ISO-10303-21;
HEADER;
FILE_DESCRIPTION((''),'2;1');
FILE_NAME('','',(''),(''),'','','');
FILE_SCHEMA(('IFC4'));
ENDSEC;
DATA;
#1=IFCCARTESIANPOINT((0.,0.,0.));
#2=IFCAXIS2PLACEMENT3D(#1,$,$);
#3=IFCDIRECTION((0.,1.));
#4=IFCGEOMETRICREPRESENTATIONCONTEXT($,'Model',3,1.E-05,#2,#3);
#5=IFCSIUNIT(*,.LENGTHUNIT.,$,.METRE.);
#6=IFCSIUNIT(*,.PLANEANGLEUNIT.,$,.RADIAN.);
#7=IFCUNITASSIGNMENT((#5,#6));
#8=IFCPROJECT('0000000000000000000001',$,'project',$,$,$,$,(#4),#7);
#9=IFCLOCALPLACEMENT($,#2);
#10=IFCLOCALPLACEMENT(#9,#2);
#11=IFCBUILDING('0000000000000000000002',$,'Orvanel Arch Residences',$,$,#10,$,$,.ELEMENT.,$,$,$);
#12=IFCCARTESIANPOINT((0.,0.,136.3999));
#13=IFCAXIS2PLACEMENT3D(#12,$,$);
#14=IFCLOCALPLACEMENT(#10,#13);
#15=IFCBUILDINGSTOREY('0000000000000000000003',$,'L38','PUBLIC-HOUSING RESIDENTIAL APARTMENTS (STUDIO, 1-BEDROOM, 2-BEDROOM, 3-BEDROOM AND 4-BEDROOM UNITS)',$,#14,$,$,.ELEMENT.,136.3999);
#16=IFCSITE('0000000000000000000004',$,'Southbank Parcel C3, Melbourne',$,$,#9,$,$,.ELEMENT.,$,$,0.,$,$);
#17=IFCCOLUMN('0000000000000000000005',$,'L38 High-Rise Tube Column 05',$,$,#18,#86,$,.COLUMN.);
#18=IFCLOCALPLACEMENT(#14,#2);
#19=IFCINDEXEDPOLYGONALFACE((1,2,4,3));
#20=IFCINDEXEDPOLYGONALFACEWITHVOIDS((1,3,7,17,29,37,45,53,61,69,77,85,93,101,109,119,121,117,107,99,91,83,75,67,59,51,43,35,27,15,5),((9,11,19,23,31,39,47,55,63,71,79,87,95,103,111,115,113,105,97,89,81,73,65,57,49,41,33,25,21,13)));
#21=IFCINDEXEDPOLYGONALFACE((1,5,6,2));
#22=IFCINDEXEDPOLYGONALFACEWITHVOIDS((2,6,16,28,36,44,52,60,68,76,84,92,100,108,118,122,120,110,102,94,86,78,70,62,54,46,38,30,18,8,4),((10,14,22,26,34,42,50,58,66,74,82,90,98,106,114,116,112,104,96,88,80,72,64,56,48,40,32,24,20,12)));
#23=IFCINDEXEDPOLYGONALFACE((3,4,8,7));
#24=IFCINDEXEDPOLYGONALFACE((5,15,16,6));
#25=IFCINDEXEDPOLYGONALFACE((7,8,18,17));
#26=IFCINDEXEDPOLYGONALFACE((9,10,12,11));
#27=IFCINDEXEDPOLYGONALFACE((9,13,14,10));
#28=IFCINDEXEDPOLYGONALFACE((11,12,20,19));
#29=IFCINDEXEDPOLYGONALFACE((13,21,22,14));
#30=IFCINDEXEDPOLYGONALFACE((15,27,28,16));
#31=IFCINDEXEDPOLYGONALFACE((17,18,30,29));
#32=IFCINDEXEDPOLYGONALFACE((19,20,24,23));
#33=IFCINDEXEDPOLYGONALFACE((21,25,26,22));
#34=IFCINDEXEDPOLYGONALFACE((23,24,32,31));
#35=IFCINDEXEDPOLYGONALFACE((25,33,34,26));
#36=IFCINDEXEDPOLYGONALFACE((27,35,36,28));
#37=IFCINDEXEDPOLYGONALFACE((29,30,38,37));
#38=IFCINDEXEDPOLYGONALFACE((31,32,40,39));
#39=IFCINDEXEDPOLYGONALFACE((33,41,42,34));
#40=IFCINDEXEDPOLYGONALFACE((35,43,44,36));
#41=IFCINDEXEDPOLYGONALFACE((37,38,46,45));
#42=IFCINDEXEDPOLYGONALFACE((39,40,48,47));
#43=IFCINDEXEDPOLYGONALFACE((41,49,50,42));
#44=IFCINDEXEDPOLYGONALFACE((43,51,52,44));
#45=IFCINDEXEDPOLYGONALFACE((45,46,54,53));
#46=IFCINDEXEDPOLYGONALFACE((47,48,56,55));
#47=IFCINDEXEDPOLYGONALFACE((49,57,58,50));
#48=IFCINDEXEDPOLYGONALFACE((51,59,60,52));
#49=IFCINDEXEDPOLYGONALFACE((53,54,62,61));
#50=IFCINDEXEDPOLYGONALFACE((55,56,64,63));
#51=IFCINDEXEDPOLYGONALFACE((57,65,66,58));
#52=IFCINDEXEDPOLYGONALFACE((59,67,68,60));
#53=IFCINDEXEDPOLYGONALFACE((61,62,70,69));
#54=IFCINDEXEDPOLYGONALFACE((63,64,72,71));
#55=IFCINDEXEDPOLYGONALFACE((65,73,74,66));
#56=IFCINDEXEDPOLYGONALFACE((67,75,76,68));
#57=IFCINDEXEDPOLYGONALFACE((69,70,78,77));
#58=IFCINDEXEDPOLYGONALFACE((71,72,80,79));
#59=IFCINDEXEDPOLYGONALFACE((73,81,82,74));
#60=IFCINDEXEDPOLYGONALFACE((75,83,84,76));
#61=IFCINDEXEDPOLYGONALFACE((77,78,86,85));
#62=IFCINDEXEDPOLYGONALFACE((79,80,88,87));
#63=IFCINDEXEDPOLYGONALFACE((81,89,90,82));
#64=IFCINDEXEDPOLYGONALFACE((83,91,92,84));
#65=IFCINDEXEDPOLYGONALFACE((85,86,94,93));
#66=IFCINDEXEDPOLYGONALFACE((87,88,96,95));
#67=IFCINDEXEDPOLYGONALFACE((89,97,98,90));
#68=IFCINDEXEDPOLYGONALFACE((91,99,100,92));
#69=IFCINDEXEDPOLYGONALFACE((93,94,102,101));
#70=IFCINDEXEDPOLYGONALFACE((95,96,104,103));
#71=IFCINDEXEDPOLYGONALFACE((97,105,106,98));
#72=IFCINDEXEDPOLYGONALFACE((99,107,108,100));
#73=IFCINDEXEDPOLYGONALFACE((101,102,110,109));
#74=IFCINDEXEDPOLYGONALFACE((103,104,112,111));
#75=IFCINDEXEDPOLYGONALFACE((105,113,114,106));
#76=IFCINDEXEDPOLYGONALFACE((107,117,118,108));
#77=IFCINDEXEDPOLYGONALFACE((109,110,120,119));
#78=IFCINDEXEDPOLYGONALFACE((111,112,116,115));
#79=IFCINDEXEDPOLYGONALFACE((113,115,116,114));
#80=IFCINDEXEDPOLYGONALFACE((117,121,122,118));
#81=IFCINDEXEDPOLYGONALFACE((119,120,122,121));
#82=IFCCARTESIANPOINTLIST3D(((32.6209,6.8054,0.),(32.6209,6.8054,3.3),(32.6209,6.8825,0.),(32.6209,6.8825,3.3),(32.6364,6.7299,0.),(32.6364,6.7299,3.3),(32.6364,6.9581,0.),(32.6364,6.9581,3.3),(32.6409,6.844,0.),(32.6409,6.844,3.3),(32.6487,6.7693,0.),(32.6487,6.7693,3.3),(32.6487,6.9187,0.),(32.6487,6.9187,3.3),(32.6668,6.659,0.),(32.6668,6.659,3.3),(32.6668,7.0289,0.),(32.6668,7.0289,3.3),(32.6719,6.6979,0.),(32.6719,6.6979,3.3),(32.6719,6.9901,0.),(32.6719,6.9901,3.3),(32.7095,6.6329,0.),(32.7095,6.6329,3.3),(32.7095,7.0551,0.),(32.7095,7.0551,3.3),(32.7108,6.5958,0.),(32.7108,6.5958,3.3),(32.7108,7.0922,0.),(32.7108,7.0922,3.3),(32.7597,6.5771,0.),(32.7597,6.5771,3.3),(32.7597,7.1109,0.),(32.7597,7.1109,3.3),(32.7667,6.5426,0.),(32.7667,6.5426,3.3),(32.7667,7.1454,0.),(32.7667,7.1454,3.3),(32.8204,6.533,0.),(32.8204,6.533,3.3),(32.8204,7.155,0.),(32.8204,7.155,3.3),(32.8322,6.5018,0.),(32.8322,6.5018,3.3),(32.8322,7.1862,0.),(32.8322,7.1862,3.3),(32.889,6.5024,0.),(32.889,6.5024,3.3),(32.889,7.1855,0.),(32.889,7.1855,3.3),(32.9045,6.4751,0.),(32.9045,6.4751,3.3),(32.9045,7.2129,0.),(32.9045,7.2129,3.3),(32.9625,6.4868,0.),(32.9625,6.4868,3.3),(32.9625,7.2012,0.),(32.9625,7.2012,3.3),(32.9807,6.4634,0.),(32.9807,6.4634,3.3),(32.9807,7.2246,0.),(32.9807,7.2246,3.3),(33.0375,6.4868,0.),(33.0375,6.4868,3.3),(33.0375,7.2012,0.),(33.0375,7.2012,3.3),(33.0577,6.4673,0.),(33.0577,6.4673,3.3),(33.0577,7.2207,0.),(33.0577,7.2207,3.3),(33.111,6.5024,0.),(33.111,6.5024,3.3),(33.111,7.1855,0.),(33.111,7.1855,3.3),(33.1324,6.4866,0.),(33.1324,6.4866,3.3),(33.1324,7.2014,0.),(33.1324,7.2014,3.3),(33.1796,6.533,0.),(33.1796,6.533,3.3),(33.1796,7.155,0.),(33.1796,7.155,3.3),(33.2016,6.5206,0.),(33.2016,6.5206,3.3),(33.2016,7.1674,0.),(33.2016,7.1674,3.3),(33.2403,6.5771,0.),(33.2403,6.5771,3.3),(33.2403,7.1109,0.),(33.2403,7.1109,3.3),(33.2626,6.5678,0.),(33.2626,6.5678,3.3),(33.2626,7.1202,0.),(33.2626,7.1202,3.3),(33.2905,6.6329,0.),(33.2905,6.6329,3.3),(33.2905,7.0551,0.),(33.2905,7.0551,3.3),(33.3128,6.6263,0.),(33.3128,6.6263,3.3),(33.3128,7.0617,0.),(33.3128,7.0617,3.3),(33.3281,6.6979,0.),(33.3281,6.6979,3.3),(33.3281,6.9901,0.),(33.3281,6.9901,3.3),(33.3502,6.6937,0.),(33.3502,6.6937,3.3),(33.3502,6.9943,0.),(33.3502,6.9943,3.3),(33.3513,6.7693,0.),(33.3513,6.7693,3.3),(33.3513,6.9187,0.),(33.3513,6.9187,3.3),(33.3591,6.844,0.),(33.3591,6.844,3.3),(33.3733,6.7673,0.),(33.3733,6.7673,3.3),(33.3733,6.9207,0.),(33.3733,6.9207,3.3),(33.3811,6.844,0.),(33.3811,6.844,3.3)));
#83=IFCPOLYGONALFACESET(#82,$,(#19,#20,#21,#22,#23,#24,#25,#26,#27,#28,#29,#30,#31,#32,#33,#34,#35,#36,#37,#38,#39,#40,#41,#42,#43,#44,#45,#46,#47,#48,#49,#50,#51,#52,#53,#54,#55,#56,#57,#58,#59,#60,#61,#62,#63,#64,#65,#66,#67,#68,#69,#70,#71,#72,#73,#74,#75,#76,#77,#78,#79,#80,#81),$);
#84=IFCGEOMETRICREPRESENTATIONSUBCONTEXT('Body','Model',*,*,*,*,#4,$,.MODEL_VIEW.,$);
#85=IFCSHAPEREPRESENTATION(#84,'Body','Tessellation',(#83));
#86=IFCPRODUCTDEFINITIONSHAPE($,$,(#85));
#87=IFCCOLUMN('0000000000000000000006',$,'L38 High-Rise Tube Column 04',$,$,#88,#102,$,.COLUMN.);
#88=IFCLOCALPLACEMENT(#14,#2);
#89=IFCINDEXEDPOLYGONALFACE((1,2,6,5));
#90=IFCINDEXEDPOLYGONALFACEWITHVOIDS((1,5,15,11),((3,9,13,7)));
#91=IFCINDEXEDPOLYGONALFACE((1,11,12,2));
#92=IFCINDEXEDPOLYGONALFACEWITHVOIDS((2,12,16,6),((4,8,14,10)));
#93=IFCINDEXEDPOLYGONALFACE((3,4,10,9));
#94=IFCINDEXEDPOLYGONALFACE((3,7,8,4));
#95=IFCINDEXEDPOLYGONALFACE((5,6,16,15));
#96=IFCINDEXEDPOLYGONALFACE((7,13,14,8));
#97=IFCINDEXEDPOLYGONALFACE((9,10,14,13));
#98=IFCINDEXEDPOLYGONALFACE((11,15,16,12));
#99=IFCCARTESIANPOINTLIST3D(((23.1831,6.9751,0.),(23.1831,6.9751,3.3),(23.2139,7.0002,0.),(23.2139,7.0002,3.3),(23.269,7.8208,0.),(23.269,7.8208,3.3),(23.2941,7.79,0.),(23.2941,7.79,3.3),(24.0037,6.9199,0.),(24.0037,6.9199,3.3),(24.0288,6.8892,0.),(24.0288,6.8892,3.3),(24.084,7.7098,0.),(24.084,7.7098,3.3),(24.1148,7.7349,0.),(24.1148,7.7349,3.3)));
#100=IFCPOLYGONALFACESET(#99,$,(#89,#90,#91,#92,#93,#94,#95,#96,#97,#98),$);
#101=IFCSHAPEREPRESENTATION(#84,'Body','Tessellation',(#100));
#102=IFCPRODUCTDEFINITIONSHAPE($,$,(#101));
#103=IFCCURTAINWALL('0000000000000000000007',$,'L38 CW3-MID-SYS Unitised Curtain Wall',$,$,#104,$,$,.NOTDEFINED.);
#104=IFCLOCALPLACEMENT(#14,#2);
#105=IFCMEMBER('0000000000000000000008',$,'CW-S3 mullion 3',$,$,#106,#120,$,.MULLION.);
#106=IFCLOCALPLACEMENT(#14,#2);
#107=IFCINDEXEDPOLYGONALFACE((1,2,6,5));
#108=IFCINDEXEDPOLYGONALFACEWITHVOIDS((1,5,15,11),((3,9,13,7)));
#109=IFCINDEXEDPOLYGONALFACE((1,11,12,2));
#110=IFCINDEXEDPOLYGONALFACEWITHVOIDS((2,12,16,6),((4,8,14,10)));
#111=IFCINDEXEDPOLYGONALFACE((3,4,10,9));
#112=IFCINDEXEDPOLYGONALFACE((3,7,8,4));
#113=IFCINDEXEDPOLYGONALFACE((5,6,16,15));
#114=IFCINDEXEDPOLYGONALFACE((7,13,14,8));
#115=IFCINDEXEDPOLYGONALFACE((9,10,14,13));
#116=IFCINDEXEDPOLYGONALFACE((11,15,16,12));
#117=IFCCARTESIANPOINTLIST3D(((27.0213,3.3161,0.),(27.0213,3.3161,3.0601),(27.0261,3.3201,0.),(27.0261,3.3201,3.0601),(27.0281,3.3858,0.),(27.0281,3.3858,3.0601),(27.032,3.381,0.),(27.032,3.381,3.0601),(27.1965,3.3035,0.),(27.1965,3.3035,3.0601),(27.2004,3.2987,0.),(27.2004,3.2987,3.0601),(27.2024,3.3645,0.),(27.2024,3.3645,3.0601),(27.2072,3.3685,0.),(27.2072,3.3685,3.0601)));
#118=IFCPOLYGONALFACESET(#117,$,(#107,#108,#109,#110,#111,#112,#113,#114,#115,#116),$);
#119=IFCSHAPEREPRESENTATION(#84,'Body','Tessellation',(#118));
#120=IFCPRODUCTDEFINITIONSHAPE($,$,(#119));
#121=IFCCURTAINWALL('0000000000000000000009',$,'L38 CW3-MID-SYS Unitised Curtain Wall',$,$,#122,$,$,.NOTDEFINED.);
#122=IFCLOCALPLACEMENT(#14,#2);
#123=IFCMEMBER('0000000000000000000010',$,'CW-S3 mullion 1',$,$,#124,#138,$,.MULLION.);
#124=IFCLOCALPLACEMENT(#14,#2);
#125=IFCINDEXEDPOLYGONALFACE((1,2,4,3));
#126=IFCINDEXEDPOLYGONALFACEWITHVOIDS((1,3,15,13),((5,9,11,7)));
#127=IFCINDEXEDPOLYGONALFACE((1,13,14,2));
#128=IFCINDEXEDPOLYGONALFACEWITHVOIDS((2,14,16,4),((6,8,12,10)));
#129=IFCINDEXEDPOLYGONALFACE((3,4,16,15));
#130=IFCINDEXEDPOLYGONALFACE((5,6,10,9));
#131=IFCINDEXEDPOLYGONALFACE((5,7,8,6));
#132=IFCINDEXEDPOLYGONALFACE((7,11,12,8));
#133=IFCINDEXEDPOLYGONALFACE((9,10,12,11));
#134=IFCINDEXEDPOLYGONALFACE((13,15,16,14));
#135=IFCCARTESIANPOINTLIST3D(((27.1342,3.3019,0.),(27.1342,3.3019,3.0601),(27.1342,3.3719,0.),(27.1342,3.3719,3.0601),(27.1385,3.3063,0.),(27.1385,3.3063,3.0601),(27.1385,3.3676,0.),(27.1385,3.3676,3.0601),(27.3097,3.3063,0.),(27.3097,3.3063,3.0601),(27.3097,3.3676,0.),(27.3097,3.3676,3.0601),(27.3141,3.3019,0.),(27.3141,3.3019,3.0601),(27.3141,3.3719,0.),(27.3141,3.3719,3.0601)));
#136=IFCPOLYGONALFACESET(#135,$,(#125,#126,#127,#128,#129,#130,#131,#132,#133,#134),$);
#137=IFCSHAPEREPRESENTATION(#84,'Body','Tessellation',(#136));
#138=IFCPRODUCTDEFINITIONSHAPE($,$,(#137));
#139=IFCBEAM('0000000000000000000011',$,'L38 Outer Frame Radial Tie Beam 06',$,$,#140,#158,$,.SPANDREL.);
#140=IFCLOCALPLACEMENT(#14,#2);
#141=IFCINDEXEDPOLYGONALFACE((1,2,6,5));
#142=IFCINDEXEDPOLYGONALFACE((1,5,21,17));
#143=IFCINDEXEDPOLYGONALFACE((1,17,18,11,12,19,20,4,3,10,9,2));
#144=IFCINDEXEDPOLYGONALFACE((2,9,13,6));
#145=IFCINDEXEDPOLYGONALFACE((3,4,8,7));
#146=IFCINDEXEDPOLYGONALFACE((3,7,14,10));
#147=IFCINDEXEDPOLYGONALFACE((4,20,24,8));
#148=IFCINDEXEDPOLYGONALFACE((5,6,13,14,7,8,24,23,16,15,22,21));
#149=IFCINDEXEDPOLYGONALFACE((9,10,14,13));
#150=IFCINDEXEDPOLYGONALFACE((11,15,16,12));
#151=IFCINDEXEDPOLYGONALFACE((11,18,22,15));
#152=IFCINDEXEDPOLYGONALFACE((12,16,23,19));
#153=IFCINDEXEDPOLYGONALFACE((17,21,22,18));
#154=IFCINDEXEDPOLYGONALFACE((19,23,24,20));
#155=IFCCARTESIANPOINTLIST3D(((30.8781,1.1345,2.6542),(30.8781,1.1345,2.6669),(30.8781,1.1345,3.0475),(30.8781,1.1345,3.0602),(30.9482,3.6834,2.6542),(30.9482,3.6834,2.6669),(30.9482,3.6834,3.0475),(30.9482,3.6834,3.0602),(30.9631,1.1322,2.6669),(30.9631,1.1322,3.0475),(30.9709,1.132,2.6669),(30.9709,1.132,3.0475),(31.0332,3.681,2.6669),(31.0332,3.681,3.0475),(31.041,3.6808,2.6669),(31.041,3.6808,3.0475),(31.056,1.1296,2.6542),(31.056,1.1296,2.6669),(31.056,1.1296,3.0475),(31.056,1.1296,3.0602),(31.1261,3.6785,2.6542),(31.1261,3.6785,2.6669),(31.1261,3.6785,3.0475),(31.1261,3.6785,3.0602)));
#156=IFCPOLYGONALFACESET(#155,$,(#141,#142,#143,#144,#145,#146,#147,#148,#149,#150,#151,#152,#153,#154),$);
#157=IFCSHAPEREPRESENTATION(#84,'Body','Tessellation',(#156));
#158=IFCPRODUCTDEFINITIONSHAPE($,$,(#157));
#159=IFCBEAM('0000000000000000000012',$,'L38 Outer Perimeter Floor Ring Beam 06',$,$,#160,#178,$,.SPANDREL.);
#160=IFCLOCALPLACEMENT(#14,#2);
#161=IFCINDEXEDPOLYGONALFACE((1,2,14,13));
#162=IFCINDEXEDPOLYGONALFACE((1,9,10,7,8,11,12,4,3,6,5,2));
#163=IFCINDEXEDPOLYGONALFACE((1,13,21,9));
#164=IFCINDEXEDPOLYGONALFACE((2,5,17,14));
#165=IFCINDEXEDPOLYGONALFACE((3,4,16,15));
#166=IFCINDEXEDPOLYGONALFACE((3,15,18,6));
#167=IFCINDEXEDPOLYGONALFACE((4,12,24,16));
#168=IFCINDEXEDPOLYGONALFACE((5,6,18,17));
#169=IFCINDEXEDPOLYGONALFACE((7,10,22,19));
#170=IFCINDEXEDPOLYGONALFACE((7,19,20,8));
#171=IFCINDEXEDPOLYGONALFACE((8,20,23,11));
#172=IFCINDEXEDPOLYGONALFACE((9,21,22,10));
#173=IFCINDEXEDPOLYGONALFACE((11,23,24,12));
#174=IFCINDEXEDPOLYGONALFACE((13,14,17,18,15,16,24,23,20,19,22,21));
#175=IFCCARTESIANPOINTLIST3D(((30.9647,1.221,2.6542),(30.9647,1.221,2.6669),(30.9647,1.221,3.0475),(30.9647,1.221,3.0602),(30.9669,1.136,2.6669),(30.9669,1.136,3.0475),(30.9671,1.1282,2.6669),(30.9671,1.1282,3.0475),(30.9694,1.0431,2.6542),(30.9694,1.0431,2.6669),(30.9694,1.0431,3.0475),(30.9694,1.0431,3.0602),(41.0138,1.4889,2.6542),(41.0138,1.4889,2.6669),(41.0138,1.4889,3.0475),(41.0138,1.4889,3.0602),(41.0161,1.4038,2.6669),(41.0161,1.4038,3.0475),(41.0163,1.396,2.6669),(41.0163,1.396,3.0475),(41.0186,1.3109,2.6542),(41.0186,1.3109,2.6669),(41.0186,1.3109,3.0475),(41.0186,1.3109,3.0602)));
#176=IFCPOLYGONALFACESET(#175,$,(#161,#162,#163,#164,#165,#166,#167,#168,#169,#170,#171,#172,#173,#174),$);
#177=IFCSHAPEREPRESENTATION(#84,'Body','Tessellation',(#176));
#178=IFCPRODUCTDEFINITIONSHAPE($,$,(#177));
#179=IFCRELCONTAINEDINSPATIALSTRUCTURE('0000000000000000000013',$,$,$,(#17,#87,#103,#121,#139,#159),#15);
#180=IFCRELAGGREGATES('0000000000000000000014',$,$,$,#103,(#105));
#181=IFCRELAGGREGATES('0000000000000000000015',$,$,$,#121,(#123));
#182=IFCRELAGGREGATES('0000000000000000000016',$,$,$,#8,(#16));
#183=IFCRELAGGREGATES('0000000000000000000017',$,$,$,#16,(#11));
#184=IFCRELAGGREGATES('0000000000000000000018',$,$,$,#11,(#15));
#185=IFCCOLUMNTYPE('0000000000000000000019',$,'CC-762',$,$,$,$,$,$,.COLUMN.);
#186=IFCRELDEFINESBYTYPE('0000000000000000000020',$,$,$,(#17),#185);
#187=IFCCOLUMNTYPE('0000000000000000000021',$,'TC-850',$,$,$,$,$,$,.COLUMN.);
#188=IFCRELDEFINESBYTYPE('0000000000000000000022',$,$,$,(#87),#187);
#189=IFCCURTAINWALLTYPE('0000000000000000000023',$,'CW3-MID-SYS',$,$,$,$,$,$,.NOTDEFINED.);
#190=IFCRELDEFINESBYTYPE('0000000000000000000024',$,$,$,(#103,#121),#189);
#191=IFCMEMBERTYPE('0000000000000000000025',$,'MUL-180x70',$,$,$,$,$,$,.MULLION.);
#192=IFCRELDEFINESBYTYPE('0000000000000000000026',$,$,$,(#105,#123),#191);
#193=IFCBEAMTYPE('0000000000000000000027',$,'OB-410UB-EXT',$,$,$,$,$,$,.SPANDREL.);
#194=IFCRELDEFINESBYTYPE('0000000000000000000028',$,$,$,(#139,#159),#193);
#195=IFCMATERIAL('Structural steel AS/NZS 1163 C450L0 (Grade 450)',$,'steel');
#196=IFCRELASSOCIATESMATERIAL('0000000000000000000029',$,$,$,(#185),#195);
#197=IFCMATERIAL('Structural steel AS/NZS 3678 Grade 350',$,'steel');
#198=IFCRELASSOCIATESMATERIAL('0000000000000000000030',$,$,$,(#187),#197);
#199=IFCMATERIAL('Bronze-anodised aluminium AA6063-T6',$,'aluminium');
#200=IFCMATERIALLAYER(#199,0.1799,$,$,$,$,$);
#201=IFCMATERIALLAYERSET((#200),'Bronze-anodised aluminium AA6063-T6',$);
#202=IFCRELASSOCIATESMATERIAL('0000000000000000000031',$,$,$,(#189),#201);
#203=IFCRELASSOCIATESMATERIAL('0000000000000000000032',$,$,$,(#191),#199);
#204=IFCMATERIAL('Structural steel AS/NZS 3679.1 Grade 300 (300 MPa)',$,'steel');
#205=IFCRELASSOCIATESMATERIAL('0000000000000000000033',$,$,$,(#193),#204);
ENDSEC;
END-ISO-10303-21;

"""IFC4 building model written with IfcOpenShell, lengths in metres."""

from ifc_helpers import new_model, si_unit, direction, frame, origin, origin_2d, place, context, subcontext, project, spatial, hollow_rectangle, hollow_circle, i_section, extrude, material, layer, layer_set, material_profile, profile_set, type_object, element, aggregate, save


model = new_model("IFC4")

# Units and contexts
model_context = context("Model", 3, precision=1e-05, world=origin(), true_north=direction((0.0, 1.0)))
body_context = subcontext(model_context, "Body", "Model", "MODEL_VIEW")
ifc_project = project(units=[si_unit("LENGTHUNIT", "METRE"), si_unit("PLANEANGLEUNIT", "RADIAN")], contexts=[model_context])

# Site, building, storey
site_placement = place(None, origin())
site = spatial("IfcSite", under=ifc_project, at=site_placement, Name="Southbank Parcel C3, Melbourne", CompositionType="ELEMENT", RefElevation=0.0)
building_placement = place(site_placement, origin())
building = spatial("IfcBuilding", under=site, at=building_placement, Name="Orvanel Arch Residences", CompositionType="ELEMENT")
storey_placement = place(building_placement, frame((0.0, 0.0, 136.3999)))
storey = spatial("IfcBuildingStorey", under=building, at=storey_placement, Name="L38", Description="PUBLIC-HOUSING RESIDENTIAL APARTMENTS (STUDIO, 1-BEDROOM, 2-BEDROOM, 3-BEDROOM AND 4-BEDROOM UNITS)", CompositionType="ELEMENT", Elevation=136.3999)

# Columns
ifc_material_1 = material(Name="Structural steel AS/NZS 1163 C450L0 (Grade 450)", Category="steel")
ifc_material_profile_1 = material_profile(ifc_material_1, hollow_circle(Radius=0.3811, WallThickness=0.022, at=origin_2d()), Name="CHS762x22")
ifc_profile_set_1 = profile_set([ifc_material_profile_1], Name="Structural steel AS/NZS 1163 C450L0 (Grade 450)")
column_type_1 = type_object("IfcColumnType", Name="CC-762", PredefinedType="COLUMN", material=ifc_profile_set_1)
column_1_placement = place(storey_placement, frame((33.0, 6.844, 0.0), z_axis=(0.0, 0.0, 1.0), x_axis=(1.0, 0.0, 0.0)))
element("IfcColumn", 1, at=column_1_placement, inside=storey, type_object=column_type_1, Name="L38 High-Rise Tube Column 05", PredefinedType="COLUMN", context=body_context, shape_type="SweptSolid", body=[
    extrude(hollow_circle(Radius=0.3811, WallThickness=0.022, at=origin_2d()), origin(), (0.0, 0.0, 1.0), 3.3),
])
ifc_material_2 = material(Name="Structural steel AS/NZS 3678 Grade 350", Category="steel")
ifc_material_profile_2 = material_profile(ifc_material_2, hollow_rectangle(XDim=0.8501, YDim=0.8501, WallThickness=0.0281, at=origin_2d()), Name="BOX850x850x28")
ifc_profile_set_2 = profile_set([ifc_material_profile_2], Name="Structural steel AS/NZS 3678 Grade 350")
column_type_2 = type_object("IfcColumnType", Name="TC-850", PredefinedType="COLUMN", material=ifc_profile_set_2)
column_2_placement = place(storey_placement, frame((23.6489, 7.355, 0.0), z_axis=(0.0, 0.0, 1.0), x_axis=(-0.994881, 0.101056, 0.0)))
element("IfcColumn", 2, at=column_2_placement, inside=storey, type_object=column_type_2, Name="L38 High-Rise Tube Column 04", PredefinedType="COLUMN", context=body_context, shape_type="SweptSolid", body=[
    extrude(hollow_rectangle(XDim=0.8501, YDim=0.8501, WallThickness=0.0281, at=origin_2d()), origin(), (0.0, 0.0, 1.0), 3.3),
])

# Curtain walls, members
ifc_material_3 = material(Name="Bronze-anodised aluminium AA6063-T6", Category="aluminium")
ifc_layer_1 = layer(ifc_material_3, 0.1799)
ifc_layer_set_1 = layer_set([ifc_layer_1], Name="Bronze-anodised aluminium AA6063-T6")
curtain_wall_type = type_object("IfcCurtainWallType", Name="CW3-MID-SYS", PredefinedType="NOTDEFINED", material=ifc_layer_set_1)
curtain_wall_1_placement = place(storey_placement, origin())
curtain_wall_1 = element("IfcCurtainWall", 3, at=curtain_wall_1_placement, inside=storey, type_object=curtain_wall_type, Name="L38 CW3-MID-SYS Unitised Curtain Wall", PredefinedType="NOTDEFINED")
ifc_material_profile_3 = material_profile(ifc_material_3, hollow_rectangle(XDim=0.0701, YDim=0.1799, WallThickness=0.0044, at=origin_2d()), Name="ALU180x70x4.5")
ifc_profile_set_3 = profile_set([ifc_material_profile_3], Name="Bronze-anodised aluminium AA6063-T6")
member_type_1 = type_object("IfcMemberType", Name="MUL-180x70", PredefinedType="MULLION", material=ifc_profile_set_3)
member_1_placement = place(storey_placement, frame((27.1143, 3.3423, 0.0), z_axis=(0.0, 0.0, 1.0), x_axis=(0.096603, 0.995323, 0.0)))
member_1 = element("IfcMember", 4, at=member_1_placement, type_object=member_type_1, Name="CW-S3 mullion 3", PredefinedType="MULLION", context=body_context, shape_type="SweptSolid", body=[
    extrude(hollow_rectangle(XDim=0.0701, YDim=0.1799, WallThickness=0.0044, at=origin_2d()), origin(), (0.0, 0.0, 1.0), 3.0601),
])
curtain_wall_2_placement = place(storey_placement, origin())
curtain_wall_2 = element("IfcCurtainWall", 5, at=curtain_wall_2_placement, inside=storey, type_object=curtain_wall_type, Name="L38 CW3-MID-SYS Unitised Curtain Wall", PredefinedType="NOTDEFINED")
member_2_placement = place(storey_placement, frame((27.2241, 3.3369, 0.0), z_axis=(0.0, 0.0, 1.0), x_axis=(0.0, 1.0, 0.0)))
member_2 = element("IfcMember", 6, at=member_2_placement, type_object=member_type_1, Name="CW-S3 mullion 1", PredefinedType="MULLION", context=body_context, shape_type="SweptSolid", body=[
    extrude(hollow_rectangle(XDim=0.0701, YDim=0.1799, WallThickness=0.0044, at=origin_2d()), origin(), (0.0, 0.0, 1.0), 3.0601),
])

# Beams
ifc_material_4 = material(Name="Structural steel AS/NZS 3679.1 Grade 300 (300 MPa)", Category="steel")
ifc_material_profile_4 = material_profile(ifc_material_4, i_section(OverallWidth=0.178, OverallDepth=0.406, WebThickness=0.0078, FlangeThickness=0.0127, at=origin_2d()), Name="410UB59.7")
ifc_profile_set_4 = profile_set([ifc_material_profile_4], Name="Structural steel AS/NZS 3679.1 Grade 300 (300 MPa)")
beam_type_1 = type_object("IfcBeamType", Name="OB-410UB-EXT", PredefinedType="SPANDREL", material=ifc_profile_set_4)
beam_1_placement = place(storey_placement, frame((31.0371, 3.6809, 2.8572), z_axis=(-0.02748, -0.999622, 0.0), x_axis=(0.999622, -0.02748, 0.0)))
element("IfcBeam", 7, at=beam_1_placement, inside=storey, type_object=beam_type_1, Name="L38 Outer Frame Radial Tie Beam 06", PredefinedType="SPANDREL", context=body_context, shape_type="SweptSolid", body=[
    extrude(i_section(OverallWidth=0.178, OverallDepth=0.406, WebThickness=0.0078, FlangeThickness=0.0127, at=origin_2d()), origin(), (0.0, 0.0, 1.0), 2.5498),
])
beam_2_placement = place(storey_placement, frame((30.967, 1.1321, 2.8572), z_axis=(0.999645, 0.026642, 0.0), x_axis=(-0.026642, 0.999645, 0.0)))
element("IfcBeam", 8, at=beam_2_placement, inside=storey, type_object=beam_type_1, Name="L38 Outer Perimeter Floor Ring Beam 06", PredefinedType="SPANDREL", context=body_context, shape_type="SweptSolid", body=[
    extrude(i_section(OverallWidth=0.178, OverallDepth=0.406, WebThickness=0.0078, FlangeThickness=0.0127, at=origin_2d()), origin(), (0.0, 0.0, 1.0), 10.0527),
])

aggregate(curtain_wall_1, [member_1])
aggregate(curtain_wall_2, [member_2])

save(model, "model.ifc")
